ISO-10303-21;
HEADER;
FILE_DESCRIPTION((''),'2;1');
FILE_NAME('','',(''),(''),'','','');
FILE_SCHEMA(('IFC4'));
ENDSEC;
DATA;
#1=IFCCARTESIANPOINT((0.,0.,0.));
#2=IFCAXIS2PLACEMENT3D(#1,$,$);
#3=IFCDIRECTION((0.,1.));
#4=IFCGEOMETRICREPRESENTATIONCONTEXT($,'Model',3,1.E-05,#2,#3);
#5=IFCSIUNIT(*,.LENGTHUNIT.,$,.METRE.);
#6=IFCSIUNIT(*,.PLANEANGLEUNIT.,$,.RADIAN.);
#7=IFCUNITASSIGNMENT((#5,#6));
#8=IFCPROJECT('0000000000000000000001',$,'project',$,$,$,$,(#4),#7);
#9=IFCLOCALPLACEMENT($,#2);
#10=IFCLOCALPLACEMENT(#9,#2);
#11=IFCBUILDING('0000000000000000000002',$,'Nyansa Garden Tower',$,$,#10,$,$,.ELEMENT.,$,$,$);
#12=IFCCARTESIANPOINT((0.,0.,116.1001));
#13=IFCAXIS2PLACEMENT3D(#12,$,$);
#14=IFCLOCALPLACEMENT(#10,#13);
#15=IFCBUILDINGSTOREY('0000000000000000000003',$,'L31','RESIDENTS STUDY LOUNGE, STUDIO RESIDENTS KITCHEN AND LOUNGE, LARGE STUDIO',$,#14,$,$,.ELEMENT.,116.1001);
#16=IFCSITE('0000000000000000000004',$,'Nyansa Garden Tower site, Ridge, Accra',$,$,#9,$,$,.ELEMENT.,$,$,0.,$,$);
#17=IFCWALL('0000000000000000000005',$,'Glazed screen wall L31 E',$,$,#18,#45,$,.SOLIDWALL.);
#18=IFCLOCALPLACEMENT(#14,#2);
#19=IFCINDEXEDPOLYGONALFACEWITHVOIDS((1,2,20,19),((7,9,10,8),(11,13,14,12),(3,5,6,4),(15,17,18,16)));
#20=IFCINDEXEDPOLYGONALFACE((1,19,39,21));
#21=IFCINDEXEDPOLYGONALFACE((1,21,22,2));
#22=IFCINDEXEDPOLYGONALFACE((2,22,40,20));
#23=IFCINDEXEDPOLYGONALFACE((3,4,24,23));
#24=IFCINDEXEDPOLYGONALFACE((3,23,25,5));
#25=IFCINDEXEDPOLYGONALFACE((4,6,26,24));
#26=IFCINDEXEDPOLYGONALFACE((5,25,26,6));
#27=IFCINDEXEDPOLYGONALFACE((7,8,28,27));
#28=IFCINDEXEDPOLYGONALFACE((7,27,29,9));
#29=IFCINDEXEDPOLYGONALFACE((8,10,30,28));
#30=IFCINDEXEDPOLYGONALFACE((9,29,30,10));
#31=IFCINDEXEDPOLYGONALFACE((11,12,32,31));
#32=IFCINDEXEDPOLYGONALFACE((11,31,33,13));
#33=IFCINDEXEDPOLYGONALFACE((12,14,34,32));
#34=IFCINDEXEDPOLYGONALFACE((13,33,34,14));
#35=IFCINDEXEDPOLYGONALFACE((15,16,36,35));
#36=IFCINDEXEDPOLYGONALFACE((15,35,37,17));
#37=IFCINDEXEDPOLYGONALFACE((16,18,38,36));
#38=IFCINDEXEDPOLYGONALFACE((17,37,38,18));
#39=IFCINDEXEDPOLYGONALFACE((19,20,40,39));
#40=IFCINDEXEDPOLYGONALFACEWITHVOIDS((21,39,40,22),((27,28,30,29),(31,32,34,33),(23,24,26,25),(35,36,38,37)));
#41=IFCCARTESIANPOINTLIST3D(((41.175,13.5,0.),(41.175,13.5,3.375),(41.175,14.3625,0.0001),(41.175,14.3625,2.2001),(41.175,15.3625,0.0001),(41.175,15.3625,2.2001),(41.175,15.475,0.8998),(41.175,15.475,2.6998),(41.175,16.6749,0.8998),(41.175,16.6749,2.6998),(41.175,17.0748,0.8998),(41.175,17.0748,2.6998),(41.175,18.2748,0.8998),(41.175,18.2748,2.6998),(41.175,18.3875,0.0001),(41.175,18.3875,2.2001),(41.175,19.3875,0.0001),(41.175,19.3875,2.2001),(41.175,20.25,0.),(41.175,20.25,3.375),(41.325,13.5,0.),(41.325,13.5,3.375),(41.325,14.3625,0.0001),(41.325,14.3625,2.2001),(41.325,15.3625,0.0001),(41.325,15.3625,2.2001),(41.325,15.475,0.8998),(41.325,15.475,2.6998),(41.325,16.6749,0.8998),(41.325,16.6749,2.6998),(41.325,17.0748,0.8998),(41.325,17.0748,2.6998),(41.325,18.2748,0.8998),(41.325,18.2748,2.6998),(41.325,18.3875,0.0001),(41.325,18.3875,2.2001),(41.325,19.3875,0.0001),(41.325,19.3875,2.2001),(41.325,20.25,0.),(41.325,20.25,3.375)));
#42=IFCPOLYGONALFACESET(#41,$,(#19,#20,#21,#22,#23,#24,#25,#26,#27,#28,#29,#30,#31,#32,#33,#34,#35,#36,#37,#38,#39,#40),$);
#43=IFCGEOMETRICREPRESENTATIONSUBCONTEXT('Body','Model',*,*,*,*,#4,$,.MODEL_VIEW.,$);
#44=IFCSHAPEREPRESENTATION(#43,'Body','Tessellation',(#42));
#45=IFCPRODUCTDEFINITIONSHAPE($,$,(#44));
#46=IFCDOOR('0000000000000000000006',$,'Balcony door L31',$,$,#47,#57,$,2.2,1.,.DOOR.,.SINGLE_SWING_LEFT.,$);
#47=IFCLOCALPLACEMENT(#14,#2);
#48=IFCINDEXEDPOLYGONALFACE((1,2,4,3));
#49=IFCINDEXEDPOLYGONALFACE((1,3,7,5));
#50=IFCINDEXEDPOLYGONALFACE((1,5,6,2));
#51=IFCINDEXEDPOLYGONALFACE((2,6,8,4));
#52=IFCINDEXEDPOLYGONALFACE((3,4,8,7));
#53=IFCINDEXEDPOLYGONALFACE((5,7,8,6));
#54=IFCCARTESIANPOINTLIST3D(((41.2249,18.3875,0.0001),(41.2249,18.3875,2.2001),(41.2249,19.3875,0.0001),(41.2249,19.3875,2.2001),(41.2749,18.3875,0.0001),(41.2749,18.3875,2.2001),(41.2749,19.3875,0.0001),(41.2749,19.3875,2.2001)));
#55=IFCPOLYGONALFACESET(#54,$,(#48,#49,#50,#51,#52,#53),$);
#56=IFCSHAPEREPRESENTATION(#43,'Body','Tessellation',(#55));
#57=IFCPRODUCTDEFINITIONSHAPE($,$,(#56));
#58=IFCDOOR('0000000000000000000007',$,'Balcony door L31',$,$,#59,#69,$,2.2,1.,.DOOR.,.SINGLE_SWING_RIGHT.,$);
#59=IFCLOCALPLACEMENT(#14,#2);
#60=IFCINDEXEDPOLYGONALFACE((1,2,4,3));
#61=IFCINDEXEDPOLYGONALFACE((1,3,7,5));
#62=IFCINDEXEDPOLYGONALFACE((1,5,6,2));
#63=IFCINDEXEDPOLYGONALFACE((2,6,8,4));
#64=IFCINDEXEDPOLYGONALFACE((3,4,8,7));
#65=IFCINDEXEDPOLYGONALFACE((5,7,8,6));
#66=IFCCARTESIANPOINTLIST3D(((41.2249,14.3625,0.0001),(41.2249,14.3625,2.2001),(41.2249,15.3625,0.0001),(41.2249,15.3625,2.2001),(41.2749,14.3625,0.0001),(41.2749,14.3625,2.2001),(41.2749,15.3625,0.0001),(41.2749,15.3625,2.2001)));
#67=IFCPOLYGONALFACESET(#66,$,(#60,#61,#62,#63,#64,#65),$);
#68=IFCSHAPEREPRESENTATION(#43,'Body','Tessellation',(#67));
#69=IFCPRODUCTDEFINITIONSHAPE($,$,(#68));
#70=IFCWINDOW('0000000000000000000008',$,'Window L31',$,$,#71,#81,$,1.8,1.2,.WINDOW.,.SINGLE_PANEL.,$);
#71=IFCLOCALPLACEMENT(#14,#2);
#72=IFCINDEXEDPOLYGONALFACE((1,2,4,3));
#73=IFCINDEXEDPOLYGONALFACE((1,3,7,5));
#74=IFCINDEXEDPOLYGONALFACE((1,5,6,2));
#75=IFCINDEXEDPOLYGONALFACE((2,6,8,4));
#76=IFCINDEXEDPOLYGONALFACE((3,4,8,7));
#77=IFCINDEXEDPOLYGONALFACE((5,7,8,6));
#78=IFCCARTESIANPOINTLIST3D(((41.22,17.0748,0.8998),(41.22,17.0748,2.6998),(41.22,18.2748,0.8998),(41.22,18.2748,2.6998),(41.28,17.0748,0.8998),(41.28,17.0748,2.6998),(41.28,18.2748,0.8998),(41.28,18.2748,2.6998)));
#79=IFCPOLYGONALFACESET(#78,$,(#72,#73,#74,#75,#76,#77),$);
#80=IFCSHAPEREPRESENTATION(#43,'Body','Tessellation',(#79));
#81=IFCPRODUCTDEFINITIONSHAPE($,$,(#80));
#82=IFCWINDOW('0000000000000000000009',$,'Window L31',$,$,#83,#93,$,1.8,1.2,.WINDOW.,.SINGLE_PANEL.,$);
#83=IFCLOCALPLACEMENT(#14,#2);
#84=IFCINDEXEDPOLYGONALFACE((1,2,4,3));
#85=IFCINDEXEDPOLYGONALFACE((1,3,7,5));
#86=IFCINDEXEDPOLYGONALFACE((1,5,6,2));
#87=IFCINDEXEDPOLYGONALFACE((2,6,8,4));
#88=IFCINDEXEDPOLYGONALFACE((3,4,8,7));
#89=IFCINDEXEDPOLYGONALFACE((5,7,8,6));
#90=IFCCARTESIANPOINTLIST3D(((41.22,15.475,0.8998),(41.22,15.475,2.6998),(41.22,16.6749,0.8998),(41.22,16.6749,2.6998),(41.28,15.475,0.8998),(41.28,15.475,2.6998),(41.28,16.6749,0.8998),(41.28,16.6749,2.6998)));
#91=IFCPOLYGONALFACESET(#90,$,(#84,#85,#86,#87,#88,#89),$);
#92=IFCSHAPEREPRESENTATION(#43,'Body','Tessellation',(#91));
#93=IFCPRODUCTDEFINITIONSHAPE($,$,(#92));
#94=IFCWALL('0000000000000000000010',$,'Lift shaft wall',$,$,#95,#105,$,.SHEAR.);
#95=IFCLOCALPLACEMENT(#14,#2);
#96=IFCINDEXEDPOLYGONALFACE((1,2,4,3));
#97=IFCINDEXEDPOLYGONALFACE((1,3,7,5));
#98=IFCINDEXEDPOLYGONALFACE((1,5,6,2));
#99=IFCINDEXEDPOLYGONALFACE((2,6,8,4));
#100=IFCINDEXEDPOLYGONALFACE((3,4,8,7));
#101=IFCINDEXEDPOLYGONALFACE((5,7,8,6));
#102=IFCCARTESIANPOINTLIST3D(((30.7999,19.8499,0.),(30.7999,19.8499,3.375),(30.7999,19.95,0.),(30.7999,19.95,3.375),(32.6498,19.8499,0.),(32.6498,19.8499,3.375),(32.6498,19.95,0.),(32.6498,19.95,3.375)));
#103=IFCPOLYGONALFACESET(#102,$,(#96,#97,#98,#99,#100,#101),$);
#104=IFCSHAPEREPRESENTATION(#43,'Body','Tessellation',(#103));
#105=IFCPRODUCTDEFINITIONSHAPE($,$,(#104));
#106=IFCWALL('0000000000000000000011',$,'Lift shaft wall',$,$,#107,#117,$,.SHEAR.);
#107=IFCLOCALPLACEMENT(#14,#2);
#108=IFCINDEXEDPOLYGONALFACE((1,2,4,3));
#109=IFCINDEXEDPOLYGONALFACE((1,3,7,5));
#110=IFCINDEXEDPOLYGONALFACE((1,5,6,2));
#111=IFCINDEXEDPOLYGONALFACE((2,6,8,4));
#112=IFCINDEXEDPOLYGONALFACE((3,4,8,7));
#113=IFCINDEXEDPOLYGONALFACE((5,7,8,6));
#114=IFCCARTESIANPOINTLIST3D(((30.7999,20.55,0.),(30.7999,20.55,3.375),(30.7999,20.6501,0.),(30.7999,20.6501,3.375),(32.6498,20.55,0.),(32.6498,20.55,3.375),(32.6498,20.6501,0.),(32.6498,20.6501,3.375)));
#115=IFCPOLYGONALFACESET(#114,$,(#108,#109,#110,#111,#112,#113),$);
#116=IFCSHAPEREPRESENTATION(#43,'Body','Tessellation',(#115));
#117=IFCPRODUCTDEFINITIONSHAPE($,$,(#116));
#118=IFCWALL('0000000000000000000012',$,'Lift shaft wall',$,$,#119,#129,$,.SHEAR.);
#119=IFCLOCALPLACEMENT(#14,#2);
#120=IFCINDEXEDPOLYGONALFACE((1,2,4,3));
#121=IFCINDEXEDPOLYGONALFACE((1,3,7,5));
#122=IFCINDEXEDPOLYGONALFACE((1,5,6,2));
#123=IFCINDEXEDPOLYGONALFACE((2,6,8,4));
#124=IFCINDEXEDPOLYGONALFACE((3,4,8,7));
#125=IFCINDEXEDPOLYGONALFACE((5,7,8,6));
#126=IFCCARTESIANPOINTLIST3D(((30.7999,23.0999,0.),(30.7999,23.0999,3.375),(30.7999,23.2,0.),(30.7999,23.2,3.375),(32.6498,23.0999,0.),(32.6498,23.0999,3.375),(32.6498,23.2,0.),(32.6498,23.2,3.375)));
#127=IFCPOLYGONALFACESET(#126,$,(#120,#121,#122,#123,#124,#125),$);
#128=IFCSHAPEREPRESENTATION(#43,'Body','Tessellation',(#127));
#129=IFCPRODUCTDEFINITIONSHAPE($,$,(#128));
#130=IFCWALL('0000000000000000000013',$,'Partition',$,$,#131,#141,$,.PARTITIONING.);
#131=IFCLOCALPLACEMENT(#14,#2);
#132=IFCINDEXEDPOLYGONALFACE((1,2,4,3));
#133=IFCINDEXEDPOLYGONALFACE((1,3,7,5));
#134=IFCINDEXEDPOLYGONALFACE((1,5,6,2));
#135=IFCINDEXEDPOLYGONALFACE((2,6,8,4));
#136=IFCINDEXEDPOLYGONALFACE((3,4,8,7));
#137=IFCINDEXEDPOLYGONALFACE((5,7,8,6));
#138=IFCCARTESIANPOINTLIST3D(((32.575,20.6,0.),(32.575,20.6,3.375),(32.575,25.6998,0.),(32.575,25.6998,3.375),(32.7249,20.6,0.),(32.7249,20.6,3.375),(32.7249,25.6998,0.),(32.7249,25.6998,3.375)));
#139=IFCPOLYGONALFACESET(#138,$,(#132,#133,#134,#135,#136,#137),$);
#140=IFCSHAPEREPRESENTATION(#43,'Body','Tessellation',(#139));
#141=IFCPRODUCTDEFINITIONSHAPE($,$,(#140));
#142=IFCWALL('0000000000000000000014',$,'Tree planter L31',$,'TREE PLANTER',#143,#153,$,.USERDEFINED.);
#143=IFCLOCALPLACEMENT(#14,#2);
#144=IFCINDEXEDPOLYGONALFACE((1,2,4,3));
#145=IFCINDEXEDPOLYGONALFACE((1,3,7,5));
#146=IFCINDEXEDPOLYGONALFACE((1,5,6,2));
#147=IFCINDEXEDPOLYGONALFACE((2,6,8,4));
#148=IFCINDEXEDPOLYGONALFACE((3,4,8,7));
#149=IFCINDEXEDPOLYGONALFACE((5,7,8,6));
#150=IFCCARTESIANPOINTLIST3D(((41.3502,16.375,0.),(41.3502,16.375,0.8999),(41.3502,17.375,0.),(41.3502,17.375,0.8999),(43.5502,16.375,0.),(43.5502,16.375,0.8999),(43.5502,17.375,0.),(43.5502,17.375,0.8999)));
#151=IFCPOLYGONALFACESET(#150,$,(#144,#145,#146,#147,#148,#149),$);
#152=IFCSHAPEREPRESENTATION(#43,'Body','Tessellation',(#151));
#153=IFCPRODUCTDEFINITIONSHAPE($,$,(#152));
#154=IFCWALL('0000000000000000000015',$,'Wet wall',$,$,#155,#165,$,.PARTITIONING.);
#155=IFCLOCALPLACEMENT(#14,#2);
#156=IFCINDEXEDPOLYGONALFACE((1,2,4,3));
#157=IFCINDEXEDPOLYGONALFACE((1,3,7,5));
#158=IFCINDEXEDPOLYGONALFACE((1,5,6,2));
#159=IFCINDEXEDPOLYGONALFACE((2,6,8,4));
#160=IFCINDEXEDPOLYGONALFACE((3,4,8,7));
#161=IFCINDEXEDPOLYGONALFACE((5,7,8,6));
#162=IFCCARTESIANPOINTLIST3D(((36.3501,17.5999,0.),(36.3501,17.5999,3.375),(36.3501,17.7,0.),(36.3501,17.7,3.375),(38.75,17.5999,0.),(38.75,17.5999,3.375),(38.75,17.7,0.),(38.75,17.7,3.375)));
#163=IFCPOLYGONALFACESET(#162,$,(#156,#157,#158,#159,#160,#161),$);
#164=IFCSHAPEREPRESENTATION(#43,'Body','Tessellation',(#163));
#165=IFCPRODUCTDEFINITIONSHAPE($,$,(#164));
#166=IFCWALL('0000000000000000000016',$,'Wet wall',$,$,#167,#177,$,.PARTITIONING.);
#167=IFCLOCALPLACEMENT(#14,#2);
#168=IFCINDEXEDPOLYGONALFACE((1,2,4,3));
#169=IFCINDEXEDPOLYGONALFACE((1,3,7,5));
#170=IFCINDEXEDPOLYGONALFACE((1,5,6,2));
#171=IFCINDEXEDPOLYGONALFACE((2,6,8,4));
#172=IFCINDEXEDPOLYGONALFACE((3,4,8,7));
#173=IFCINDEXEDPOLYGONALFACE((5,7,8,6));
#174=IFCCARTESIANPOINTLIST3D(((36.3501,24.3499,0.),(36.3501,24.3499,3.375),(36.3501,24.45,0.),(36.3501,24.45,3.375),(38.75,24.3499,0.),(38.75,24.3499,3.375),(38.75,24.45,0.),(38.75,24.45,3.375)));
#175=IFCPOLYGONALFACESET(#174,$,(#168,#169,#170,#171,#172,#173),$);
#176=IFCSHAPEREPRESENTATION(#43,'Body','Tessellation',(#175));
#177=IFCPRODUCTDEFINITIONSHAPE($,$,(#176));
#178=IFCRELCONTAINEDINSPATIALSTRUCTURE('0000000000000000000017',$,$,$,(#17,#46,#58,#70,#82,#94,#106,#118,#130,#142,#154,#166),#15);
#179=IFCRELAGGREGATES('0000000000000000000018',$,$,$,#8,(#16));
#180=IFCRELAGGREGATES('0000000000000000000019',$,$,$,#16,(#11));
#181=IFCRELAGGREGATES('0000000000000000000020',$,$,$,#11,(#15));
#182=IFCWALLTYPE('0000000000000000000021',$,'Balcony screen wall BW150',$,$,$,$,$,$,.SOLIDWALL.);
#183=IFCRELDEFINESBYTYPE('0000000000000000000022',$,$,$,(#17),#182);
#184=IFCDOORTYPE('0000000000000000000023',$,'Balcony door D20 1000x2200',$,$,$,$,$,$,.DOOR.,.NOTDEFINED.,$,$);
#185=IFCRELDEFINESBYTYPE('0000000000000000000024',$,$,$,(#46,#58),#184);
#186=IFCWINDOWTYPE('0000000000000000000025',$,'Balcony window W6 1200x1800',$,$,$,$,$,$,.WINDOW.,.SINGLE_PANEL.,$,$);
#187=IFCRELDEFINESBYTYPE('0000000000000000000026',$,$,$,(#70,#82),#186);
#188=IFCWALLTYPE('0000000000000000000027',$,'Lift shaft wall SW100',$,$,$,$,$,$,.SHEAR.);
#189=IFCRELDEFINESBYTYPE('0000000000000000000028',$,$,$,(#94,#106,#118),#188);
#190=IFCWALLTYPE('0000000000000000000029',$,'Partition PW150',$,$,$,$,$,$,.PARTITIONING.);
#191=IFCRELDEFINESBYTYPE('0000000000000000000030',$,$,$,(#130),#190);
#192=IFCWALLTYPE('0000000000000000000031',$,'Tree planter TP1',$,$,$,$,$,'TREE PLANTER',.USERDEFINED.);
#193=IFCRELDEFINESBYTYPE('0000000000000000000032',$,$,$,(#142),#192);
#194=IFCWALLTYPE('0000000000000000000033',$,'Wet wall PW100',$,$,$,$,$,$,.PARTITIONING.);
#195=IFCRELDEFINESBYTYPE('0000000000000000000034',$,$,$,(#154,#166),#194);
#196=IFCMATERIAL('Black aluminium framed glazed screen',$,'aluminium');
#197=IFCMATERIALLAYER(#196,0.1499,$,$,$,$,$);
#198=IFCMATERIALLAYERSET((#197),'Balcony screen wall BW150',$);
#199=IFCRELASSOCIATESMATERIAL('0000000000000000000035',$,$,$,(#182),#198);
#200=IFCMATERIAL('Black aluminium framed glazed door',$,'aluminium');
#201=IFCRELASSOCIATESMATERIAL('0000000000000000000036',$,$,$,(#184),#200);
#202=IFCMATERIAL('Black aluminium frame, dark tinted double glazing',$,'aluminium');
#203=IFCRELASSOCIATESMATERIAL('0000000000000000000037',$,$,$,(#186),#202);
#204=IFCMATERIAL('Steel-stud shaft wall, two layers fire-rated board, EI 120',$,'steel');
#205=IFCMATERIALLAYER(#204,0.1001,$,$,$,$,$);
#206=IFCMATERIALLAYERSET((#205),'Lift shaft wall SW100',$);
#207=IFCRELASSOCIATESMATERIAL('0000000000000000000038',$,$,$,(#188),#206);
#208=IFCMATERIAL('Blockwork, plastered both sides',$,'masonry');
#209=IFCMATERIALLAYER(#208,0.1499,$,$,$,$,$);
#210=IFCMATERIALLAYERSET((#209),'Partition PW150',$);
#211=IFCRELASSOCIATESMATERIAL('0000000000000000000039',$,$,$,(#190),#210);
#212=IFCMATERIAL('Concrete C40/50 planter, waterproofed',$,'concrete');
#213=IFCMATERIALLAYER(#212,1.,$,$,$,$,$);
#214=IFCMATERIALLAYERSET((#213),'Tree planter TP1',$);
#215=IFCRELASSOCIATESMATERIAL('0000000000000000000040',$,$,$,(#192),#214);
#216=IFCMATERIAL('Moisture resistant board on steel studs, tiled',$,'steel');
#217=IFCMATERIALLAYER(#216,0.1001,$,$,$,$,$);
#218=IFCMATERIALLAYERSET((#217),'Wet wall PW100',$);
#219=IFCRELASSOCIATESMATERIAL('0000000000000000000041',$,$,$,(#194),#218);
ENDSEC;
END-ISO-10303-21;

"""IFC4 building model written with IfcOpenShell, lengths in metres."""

from ifc_helpers import new_model, si_unit, direction, frame, frame_2d, origin, place, context, subcontext, project, spatial, rectangle, extrude, material, layer, layer_set, type_object, element, fill, save


model = new_model("IFC4")

# Units and contexts
model_context = context("Model", 3, precision=1e-05, world=origin(), true_north=direction((0.0, 1.0)))
body_context = subcontext(model_context, "Body", "Model", "MODEL_VIEW")
ifc_project = project(units=[si_unit("LENGTHUNIT", "METRE"), si_unit("PLANEANGLEUNIT", "RADIAN")], contexts=[model_context])

# Site, building, storey
site_placement = place(None, origin())
site = spatial("IfcSite", under=ifc_project, at=site_placement, Name="Nyansa Garden Tower site, Ridge, Accra", CompositionType="ELEMENT", RefElevation=0.0)
building_placement = place(site_placement, origin())
building = spatial("IfcBuilding", under=site, at=building_placement, Name="Nyansa Garden Tower", CompositionType="ELEMENT")
storey_placement = place(building_placement, frame((0.0, 0.0, 116.1001)))
storey = spatial("IfcBuildingStorey", under=building, at=storey_placement, Name="L31", Description="RESIDENTS STUDY LOUNGE, STUDIO RESIDENTS KITCHEN AND LOUNGE, LARGE STUDIO", CompositionType="ELEMENT", Elevation=116.1001)

# Wall, openings, doors, windows
ifc_material_1 = material(Name="Black aluminium framed glazed screen", Category="aluminium")
ifc_layer_1 = layer(ifc_material_1, 0.1499)
ifc_layer_set_1 = layer_set([ifc_layer_1], Name="Balcony screen wall BW150")
wall_type_1 = type_object("IfcWallType", Name="Balcony screen wall BW150", PredefinedType="SOLIDWALL", material=ifc_layer_set_1)
wall_1_placement = place(storey_placement, frame((41.25, 20.25, 0.0), z_axis=(0.0, 0.0, 1.0), x_axis=(0.0, -1.0, 0.0)))
wall_1 = element("IfcWall", 1, at=wall_1_placement, inside=storey, type_object=wall_type_1, Name="Glazed screen wall L31 E", PredefinedType="SOLIDWALL", context=body_context, shape_type="SweptSolid", body=[
    extrude(rectangle(XDim=6.75, YDim=0.1499, at=frame_2d((3.375, 0.0))), origin(), (0.0, 0.0, 1.0), 3.375),
])
opening_1_placement = place(wall_1_placement, frame((0.8625, 0.0, 0.0)))
opening_1 = element("IfcOpeningElement", 2, at=opening_1_placement, cuts=wall_1, PredefinedType="OPENING", context=body_context, shape_type="SweptSolid", body=[
    extrude(rectangle(XDim=1.0, YDim=2.2, at=frame_2d((0.5, 1.1001))), frame((0.0, 0.085, 0.0), z_axis=(0.0, -1.0, 0.0), x_axis=(1.0, 0.0, 0.0)), (0.0, 0.0, 1.0), 0.1699),
])
opening_2_placement = place(wall_1_placement, frame((1.9751, 0.0, 0.8999)))
opening_2 = element("IfcOpeningElement", 3, at=opening_2_placement, cuts=wall_1, PredefinedType="OPENING", context=body_context, shape_type="SweptSolid", body=[
    extrude(rectangle(XDim=1.2, YDim=1.8, at=frame_2d((0.6001, 0.8999))), frame((0.0, 0.085, 0.0), z_axis=(0.0, -1.0, 0.0), x_axis=(1.0, 0.0, 0.0)), (0.0, 0.0, 1.0), 0.1699),
])
opening_3_placement = place(wall_1_placement, frame((4.8875, 0.0, 0.0)))
opening_3 = element("IfcOpeningElement", 4, at=opening_3_placement, cuts=wall_1, PredefinedType="OPENING", context=body_context, shape_type="SweptSolid", body=[
    extrude(rectangle(XDim=1.0, YDim=2.2, at=frame_2d((0.5, 1.1001))), frame((0.0, 0.085, 0.0), z_axis=(0.0, -1.0, 0.0), x_axis=(1.0, 0.0, 0.0)), (0.0, 0.0, 1.0), 0.1699),
])
opening_4_placement = place(wall_1_placement, frame((3.575, 0.0, 0.8999)))
opening_4 = element("IfcOpeningElement", 5, at=opening_4_placement, cuts=wall_1, PredefinedType="OPENING", context=body_context, shape_type="SweptSolid", body=[
    extrude(rectangle(XDim=1.2, YDim=1.8, at=frame_2d((0.6001, 0.8999))), frame((0.0, 0.085, 0.0), z_axis=(0.0, -1.0, 0.0), x_axis=(1.0, 0.0, 0.0)), (0.0, 0.0, 1.0), 0.1699),
])
ifc_material_2 = material(Name="Black aluminium framed glazed door", Category="aluminium")
door_type_1 = type_object("IfcDoorType", Name="Balcony door D20 1000x2200", OperationType="NOTDEFINED", PredefinedType="DOOR", material=ifc_material_2)
door_1_placement = place(opening_1_placement, origin())
door_1 = element("IfcDoor", 6, at=door_1_placement, inside=storey, type_object=door_type_1, Name="Balcony door L31", OperationType="SINGLE_SWING_LEFT", OverallHeight=2.2, OverallWidth=1.0, PredefinedType="DOOR", context=body_context, shape_type="SweptSolid", body=[
    extrude(rectangle(XDim=1.0, YDim=2.2, at=frame_2d((0.5, 1.1001))), frame((0.0, 0.0249, 0.0), z_axis=(0.0, -1.0, 0.0), x_axis=(1.0, 0.0, 0.0)), (0.0, 0.0, 1.0), 0.05),
])
fill(opening_1, door_1)
door_2_placement = place(opening_3_placement, origin())
door_2 = element("IfcDoor", 7, at=door_2_placement, inside=storey, type_object=door_type_1, Name="Balcony door L31", OperationType="SINGLE_SWING_RIGHT", OverallHeight=2.2, OverallWidth=1.0, PredefinedType="DOOR", context=body_context, shape_type="SweptSolid", body=[
    extrude(rectangle(XDim=1.0, YDim=2.2, at=frame_2d((0.5, 1.1001))), frame((0.0, 0.0249, 0.0), z_axis=(0.0, -1.0, 0.0), x_axis=(1.0, 0.0, 0.0)), (0.0, 0.0, 1.0), 0.05),
])
fill(opening_3, door_2)
ifc_material_3 = material(Name="Black aluminium frame, dark tinted double glazing", Category="aluminium")
window_type = type_object("IfcWindowType", Name="Balcony window W6 1200x1800", PartitioningType="SINGLE_PANEL", PredefinedType="WINDOW", material=ifc_material_3)
window_1_placement = place(opening_2_placement, origin())
window_1 = element("IfcWindow", 8, at=window_1_placement, inside=storey, type_object=window_type, Name="Window L31", OverallHeight=1.8, OverallWidth=1.2, PartitioningType="SINGLE_PANEL", PredefinedType="WINDOW", context=body_context, shape_type="SweptSolid", body=[
    extrude(rectangle(XDim=1.2, YDim=1.8, at=frame_2d((0.6001, 0.8999))), frame((0.0, 0.03, 0.0), z_axis=(0.0, -1.0, 0.0), x_axis=(1.0, 0.0, 0.0)), (0.0, 0.0, 1.0), 0.0601),
])
fill(opening_2, window_1)
window_2_placement = place(opening_4_placement, origin())
window_2 = element("IfcWindow", 9, at=window_2_placement, inside=storey, type_object=window_type, Name="Window L31", OverallHeight=1.8, OverallWidth=1.2, PartitioningType="SINGLE_PANEL", PredefinedType="WINDOW", context=body_context, shape_type="SweptSolid", body=[
    extrude(rectangle(XDim=1.2, YDim=1.8, at=frame_2d((0.6001, 0.8999))), frame((0.0, 0.03, 0.0), z_axis=(0.0, -1.0, 0.0), x_axis=(1.0, 0.0, 0.0)), (0.0, 0.0, 1.0), 0.0601),
])
fill(opening_4, window_2)

# Walls
ifc_material_4 = material(Name="Steel-stud shaft wall, two layers fire-rated board, EI 120", Category="steel")
ifc_layer_2 = layer(ifc_material_4, 0.1001)
ifc_layer_set_2 = layer_set([ifc_layer_2], Name="Lift shaft wall SW100")
wall_type_2 = type_object("IfcWallType", Name="Lift shaft wall SW100", PredefinedType="SHEAR", material=ifc_layer_set_2)
for number, where, z_axis, x_axis, name in (
    (10, (30.8, 19.8999, 0.0), (0.0, 0.0, 1.0), (1.0, 0.0, 0.0), "Lift shaft wall"),
    (11, (30.8, 20.6001, 0.0), (0.0, 0.0, 1.0), (1.0, 0.0, 0.0), "Lift shaft wall"),
    (12, (30.8, 23.1499, 0.0), (0.0, 0.0, 1.0), (1.0, 0.0, 0.0), "Lift shaft wall"),
):
    element("IfcWall", number, at=place(storey_placement, frame(where, z_axis=z_axis, x_axis=x_axis)), inside=storey, type_object=wall_type_2, Name=name, PredefinedType="SHEAR", context=body_context, shape_type="SweptSolid", body=[
        extrude(rectangle(XDim=1.8499, YDim=0.1001, at=frame_2d((0.9248, 0.0))), origin(), (0.0, 0.0, 1.0), 3.375),
    ])
ifc_material_5 = material(Name="Blockwork, plastered both sides", Category="masonry")
ifc_layer_3 = layer(ifc_material_5, 0.1499)
ifc_layer_set_3 = layer_set([ifc_layer_3], Name="Partition PW150")
wall_type_3 = type_object("IfcWallType", Name="Partition PW150", PredefinedType="PARTITIONING", material=ifc_layer_set_3)
wall_2_placement = place(storey_placement, frame((32.6499, 20.6001, 0.0), z_axis=(0.0, 0.0, 1.0), x_axis=(0.0, 1.0, 0.0)))
element("IfcWall", 13, at=wall_2_placement, inside=storey, type_object=wall_type_3, Name="Partition", PredefinedType="PARTITIONING", context=body_context, shape_type="SweptSolid", body=[
    extrude(rectangle(XDim=5.0999, YDim=0.1499, at=frame_2d((2.5498, 0.0))), origin(), (0.0, 0.0, 1.0), 3.375),
])
ifc_material_6 = material(Name="Concrete C40/50 planter, waterproofed", Category="concrete")
ifc_layer_4 = layer(ifc_material_6, 1.0)
ifc_layer_set_4 = layer_set([ifc_layer_4], Name="Tree planter TP1")
wall_type_4 = type_object("IfcWallType", Name="Tree planter TP1", ElementType="TREE PLANTER", PredefinedType="USERDEFINED", material=ifc_layer_set_4)
wall_3_placement = place(storey_placement, frame((41.3501, 16.875, 0.0), z_axis=(0.0, 0.0, 1.0), x_axis=(1.0, 0.0, 0.0)))
element("IfcWall", 14, at=wall_3_placement, inside=storey, type_object=wall_type_4, Name="Tree planter L31", ObjectType="TREE PLANTER", PredefinedType="USERDEFINED", context=body_context, shape_type="SweptSolid", body=[
    extrude(rectangle(XDim=2.2, YDim=1.0, at=frame_2d((1.1001, 0.0))), origin(), (0.0, 0.0, 1.0), 0.8999),
])
ifc_material_7 = material(Name="Moisture resistant board on steel studs, tiled", Category="steel")
ifc_layer_5 = layer(ifc_material_7, 0.1001)
ifc_layer_set_5 = layer_set([ifc_layer_5], Name="Wet wall PW100")
wall_type_5 = type_object("IfcWallType", Name="Wet wall PW100", PredefinedType="PARTITIONING", material=ifc_layer_set_5)
for number, where, z_axis, x_axis, name in (
    (15, (36.3501, 17.6499, 0.0), (0.0, 0.0, 1.0), (1.0, 0.0, 0.0), "Wet wall"),
    (16, (36.3501, 24.3999, 0.0), (0.0, 0.0, 1.0), (1.0, 0.0, 0.0), "Wet wall"),
):
    element("IfcWall", number, at=place(storey_placement, frame(where, z_axis=z_axis, x_axis=x_axis)), inside=storey, type_object=wall_type_5, Name=name, PredefinedType="PARTITIONING", context=body_context, shape_type="SweptSolid", body=[
        extrude(rectangle(XDim=2.3999, YDim=0.1001, at=frame_2d((1.2, 0.0))), origin(), (0.0, 0.0, 1.0), 3.375),
    ])

save(model, "model.ifc")
